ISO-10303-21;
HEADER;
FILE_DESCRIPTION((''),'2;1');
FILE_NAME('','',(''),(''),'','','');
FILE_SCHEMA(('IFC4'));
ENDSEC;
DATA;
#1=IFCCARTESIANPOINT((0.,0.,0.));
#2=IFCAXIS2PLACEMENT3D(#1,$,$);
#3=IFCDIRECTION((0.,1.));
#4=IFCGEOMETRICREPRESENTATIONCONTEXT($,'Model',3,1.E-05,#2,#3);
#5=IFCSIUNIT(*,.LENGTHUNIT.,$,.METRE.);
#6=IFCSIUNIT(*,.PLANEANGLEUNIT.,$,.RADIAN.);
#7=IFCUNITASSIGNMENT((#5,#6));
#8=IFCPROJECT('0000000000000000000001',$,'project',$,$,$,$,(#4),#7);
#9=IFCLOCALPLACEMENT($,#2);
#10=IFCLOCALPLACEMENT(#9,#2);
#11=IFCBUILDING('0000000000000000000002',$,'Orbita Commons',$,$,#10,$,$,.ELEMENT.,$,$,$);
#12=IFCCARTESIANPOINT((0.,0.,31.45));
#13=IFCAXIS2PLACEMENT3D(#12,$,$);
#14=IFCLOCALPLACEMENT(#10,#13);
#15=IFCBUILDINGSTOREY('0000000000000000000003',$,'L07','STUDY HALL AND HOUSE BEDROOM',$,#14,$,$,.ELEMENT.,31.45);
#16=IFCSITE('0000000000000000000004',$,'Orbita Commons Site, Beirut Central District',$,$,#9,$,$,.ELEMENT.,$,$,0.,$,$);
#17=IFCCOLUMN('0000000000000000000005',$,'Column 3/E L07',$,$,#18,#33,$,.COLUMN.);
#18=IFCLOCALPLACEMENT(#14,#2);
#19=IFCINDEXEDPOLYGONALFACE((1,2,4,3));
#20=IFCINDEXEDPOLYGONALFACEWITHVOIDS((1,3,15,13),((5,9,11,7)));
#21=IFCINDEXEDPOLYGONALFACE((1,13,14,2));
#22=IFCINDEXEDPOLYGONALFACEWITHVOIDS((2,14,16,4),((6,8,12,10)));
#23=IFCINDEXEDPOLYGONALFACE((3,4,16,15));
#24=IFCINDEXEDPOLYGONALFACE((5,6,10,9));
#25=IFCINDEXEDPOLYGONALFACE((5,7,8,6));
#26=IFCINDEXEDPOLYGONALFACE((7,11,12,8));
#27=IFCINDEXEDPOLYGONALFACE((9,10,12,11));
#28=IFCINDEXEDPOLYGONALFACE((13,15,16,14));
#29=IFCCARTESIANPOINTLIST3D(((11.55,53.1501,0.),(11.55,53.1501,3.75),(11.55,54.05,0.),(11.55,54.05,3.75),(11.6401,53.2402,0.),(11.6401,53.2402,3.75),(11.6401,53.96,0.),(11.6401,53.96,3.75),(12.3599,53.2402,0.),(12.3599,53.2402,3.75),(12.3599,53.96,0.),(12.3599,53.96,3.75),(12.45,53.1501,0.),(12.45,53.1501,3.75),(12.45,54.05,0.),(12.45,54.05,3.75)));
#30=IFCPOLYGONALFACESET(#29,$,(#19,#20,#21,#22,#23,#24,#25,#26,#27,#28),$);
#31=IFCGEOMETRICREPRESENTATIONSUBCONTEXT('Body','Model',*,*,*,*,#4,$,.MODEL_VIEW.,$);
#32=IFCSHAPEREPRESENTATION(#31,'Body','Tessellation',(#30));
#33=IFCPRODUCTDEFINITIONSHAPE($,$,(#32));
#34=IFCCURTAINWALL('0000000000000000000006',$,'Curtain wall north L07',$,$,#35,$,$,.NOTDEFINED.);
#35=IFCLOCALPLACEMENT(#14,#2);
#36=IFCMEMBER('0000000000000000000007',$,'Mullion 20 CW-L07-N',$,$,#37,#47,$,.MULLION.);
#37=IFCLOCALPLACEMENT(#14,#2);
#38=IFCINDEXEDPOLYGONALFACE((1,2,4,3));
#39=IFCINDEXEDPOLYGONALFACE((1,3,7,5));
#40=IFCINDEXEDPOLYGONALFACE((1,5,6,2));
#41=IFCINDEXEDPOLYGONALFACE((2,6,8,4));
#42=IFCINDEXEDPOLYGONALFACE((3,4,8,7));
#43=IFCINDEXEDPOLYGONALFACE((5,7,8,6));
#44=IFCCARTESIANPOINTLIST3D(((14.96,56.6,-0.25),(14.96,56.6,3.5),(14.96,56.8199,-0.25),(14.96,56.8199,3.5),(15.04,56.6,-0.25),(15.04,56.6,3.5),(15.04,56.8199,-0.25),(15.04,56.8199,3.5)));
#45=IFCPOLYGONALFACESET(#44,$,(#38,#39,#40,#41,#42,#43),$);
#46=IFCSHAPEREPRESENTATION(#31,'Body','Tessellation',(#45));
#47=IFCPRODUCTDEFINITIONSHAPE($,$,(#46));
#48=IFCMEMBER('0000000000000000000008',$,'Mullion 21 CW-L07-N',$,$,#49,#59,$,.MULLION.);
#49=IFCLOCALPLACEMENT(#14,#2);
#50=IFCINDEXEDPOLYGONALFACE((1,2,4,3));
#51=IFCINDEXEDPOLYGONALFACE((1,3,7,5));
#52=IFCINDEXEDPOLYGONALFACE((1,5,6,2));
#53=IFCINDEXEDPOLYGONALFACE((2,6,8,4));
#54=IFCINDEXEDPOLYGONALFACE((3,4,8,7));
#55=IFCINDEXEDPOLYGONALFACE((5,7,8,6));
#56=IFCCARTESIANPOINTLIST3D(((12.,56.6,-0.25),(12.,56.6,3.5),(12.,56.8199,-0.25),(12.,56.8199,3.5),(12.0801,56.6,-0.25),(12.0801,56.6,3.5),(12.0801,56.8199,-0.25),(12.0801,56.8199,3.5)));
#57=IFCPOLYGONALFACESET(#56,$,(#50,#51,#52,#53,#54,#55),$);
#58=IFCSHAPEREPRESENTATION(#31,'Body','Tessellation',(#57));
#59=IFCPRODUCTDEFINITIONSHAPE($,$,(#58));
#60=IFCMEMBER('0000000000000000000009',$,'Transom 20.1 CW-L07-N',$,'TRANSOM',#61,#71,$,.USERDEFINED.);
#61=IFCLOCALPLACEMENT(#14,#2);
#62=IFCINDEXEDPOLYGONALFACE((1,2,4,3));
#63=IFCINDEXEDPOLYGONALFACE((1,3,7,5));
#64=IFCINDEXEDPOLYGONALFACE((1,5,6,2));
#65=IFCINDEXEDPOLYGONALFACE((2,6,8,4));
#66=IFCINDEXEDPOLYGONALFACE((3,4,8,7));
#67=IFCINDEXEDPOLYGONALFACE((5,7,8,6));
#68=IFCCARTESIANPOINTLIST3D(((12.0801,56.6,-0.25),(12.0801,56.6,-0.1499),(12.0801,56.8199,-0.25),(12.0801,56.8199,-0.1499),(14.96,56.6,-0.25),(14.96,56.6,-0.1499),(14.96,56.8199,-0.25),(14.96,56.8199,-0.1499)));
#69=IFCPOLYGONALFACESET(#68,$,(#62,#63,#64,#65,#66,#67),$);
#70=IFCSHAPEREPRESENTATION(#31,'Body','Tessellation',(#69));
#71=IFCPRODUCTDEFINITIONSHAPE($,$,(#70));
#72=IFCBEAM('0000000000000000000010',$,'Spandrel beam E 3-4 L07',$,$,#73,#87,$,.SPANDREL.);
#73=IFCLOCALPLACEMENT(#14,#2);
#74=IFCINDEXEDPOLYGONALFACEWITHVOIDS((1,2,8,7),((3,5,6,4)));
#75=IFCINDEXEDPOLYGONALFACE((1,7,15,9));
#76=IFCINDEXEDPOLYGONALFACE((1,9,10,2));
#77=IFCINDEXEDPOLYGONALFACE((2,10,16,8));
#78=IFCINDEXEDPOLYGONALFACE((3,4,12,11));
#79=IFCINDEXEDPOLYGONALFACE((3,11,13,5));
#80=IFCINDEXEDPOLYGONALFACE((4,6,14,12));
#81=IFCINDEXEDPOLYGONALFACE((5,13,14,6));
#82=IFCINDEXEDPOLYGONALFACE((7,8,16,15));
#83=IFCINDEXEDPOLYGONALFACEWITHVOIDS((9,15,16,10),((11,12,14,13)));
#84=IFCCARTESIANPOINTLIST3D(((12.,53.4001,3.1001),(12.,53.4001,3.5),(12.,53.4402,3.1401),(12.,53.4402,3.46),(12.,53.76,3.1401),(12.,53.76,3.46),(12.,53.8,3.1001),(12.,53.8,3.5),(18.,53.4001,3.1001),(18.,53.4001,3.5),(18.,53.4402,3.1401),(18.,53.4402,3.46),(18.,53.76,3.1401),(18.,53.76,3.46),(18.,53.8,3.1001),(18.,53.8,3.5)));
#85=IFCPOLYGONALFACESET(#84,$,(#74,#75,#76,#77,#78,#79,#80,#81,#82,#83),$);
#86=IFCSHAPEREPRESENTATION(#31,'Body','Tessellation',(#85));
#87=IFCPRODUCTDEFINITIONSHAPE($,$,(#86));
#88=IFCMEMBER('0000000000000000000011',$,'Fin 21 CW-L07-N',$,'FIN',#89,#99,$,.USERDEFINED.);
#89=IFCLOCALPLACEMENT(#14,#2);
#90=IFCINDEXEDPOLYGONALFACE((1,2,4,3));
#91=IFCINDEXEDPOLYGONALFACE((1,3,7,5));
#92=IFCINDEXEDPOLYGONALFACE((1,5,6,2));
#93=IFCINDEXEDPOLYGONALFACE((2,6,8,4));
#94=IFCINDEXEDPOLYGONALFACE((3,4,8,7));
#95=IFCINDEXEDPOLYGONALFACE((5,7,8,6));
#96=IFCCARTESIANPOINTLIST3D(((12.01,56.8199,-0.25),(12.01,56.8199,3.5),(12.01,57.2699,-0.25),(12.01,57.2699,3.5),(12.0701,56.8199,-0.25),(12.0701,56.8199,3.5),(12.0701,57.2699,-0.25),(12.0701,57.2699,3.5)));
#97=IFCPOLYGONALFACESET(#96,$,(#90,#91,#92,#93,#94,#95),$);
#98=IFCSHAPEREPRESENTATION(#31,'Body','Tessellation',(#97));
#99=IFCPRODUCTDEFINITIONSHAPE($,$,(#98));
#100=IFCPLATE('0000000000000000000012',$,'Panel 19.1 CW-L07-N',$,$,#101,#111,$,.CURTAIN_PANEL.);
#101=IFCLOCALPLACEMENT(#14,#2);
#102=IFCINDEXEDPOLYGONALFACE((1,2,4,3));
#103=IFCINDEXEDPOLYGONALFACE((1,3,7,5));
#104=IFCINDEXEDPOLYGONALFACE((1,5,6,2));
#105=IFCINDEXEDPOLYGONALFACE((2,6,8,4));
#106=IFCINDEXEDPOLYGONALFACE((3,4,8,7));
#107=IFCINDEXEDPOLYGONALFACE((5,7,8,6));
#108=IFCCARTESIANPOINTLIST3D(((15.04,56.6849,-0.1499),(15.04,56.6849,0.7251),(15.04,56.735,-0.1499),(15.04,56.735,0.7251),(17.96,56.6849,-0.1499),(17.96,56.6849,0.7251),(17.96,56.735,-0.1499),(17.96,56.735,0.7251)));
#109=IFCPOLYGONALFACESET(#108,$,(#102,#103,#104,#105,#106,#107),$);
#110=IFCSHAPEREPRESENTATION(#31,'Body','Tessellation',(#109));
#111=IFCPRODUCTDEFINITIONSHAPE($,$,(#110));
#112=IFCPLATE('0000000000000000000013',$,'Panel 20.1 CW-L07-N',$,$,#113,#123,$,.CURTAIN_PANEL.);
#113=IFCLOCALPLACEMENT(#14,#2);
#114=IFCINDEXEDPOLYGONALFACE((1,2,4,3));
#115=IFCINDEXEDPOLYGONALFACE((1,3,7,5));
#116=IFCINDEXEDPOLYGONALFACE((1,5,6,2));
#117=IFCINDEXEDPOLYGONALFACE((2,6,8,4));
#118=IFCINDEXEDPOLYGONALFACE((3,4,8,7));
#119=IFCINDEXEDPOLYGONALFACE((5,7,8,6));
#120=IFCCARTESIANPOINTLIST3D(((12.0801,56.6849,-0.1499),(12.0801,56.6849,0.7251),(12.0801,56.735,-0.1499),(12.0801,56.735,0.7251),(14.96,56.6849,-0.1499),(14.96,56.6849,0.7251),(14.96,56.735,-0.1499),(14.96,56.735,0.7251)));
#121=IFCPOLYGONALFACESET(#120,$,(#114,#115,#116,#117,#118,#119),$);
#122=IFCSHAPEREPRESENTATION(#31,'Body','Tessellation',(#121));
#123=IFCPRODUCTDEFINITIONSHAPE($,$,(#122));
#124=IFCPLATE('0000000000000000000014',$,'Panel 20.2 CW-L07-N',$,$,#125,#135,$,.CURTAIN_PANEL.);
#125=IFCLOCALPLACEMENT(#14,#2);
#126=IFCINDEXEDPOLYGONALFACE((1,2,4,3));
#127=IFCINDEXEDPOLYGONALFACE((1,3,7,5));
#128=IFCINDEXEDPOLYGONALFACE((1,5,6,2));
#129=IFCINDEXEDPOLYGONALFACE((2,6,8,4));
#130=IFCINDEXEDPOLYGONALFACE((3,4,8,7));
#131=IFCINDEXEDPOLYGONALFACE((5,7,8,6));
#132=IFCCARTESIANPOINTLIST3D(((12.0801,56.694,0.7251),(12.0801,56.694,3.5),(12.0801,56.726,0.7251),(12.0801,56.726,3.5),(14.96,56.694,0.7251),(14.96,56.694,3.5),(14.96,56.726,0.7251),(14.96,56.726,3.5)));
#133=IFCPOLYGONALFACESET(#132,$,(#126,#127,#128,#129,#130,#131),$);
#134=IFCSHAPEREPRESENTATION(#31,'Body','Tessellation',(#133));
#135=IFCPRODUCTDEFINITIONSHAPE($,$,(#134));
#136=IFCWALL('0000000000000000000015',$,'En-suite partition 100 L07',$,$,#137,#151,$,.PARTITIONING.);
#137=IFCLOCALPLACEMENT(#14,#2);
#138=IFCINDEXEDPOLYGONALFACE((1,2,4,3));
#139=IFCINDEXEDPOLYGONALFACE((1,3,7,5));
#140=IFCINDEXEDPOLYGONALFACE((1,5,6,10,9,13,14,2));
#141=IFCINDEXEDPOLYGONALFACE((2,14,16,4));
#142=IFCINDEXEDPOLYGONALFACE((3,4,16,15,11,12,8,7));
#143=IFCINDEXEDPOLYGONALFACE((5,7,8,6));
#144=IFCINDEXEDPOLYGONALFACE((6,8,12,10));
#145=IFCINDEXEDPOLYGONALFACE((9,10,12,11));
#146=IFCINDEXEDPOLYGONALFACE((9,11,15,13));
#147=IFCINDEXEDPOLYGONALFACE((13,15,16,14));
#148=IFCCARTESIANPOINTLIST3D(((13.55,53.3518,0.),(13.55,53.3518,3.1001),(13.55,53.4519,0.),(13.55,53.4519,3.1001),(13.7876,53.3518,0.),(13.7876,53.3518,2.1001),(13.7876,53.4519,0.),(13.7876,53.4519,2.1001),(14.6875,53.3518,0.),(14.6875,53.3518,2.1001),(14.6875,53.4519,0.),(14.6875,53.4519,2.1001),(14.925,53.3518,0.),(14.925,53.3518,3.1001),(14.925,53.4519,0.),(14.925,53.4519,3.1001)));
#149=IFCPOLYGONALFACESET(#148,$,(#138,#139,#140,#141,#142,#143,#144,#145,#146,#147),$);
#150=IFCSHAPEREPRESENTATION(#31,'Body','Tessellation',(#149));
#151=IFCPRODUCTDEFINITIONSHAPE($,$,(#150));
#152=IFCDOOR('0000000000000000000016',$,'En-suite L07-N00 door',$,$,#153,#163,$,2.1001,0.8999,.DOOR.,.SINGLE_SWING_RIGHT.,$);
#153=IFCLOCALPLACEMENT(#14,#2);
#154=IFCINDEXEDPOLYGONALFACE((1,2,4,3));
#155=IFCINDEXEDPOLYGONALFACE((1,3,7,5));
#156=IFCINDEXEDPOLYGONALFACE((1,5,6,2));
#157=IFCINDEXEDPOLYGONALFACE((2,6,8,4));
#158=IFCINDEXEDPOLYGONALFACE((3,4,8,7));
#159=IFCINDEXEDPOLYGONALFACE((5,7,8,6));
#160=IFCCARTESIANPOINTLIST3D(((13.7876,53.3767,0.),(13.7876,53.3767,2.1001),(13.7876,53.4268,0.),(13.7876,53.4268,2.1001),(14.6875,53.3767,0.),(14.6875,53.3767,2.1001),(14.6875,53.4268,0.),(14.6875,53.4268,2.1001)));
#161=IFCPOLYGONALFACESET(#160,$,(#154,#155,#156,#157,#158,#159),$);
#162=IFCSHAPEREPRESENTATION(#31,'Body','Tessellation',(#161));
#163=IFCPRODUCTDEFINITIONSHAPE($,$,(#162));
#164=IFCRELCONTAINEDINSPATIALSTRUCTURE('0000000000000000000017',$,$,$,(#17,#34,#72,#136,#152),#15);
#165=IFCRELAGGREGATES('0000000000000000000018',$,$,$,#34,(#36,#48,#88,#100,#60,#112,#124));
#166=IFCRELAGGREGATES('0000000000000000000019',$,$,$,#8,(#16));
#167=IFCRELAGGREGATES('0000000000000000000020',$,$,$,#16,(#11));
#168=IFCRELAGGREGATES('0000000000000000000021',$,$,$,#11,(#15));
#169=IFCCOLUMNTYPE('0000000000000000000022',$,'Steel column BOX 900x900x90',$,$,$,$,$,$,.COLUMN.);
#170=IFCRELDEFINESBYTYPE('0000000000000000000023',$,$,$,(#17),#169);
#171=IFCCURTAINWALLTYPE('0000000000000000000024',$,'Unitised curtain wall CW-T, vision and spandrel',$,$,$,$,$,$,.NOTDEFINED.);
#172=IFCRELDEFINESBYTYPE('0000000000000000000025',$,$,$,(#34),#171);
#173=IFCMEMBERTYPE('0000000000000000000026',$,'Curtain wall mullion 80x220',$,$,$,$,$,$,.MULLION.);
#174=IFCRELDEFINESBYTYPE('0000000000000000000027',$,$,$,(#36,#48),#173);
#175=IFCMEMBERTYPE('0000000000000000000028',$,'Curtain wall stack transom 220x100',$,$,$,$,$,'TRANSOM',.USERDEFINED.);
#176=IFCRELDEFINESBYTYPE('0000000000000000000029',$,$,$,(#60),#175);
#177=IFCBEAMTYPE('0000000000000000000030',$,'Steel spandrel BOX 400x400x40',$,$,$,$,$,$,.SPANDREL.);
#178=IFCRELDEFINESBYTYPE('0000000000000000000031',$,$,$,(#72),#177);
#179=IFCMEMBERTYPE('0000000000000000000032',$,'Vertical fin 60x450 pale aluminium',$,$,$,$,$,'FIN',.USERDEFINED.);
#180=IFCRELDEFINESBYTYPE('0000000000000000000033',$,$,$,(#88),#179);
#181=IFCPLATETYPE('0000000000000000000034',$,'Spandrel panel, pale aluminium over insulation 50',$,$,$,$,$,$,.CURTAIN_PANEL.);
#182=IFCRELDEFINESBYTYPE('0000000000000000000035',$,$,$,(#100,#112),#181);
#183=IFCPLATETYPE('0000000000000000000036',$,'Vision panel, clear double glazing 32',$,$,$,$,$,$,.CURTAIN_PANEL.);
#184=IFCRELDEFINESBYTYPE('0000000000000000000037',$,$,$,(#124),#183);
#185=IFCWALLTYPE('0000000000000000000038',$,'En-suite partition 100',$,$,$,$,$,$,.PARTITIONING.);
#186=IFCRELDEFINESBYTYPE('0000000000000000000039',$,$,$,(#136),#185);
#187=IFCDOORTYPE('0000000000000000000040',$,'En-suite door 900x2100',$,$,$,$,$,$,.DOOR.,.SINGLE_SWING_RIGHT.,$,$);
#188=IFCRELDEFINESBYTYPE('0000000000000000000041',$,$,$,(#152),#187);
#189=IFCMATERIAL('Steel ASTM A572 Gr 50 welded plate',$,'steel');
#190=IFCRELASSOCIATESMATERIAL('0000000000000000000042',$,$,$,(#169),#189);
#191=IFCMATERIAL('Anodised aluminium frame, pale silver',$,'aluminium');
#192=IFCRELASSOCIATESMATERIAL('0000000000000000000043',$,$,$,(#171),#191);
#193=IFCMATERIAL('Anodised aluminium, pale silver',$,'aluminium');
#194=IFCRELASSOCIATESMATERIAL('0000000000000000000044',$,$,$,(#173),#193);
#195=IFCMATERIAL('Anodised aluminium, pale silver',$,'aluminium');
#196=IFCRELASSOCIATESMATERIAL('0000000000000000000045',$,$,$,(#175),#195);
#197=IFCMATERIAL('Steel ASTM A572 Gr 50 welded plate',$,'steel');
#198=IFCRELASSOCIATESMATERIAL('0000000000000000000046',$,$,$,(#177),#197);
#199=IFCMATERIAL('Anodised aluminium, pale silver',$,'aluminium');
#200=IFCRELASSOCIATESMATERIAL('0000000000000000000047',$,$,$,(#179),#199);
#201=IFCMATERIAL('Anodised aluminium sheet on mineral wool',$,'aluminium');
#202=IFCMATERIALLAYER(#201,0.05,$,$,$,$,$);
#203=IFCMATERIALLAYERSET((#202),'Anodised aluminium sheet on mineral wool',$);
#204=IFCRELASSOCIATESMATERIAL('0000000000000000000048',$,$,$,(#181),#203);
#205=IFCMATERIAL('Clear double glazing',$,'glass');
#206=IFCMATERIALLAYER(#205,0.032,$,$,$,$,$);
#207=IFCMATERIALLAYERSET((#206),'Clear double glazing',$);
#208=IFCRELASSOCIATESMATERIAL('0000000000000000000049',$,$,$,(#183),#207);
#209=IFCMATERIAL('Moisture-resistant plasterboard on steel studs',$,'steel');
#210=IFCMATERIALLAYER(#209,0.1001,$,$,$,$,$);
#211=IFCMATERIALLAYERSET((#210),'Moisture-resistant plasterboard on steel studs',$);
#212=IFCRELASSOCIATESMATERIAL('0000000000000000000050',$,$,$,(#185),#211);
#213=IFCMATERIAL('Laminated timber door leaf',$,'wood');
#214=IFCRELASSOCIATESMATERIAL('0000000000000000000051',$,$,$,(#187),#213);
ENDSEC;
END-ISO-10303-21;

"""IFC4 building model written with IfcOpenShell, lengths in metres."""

from ifc_helpers import new_model, si_unit, direction, frame, frame_2d, origin, origin_2d, place, context, subcontext, project, spatial, polyline, rectangle, hollow_rectangle, outline, extrude, material, layer, layer_set, material_profile, profile_set, type_object, element, fill, aggregate, save


model = new_model("IFC4")

# Units and contexts
model_context = context("Model", 3, precision=1e-05, world=origin(), true_north=direction((0.0, 1.0)))
body_context = subcontext(model_context, "Body", "Model", "MODEL_VIEW")
ifc_project = project(units=[si_unit("LENGTHUNIT", "METRE"), si_unit("PLANEANGLEUNIT", "RADIAN")], contexts=[model_context])

# Site, building, storey
site_placement = place(None, origin())
site = spatial("IfcSite", under=ifc_project, at=site_placement, Name="Orbita Commons Site, Beirut Central District", CompositionType="ELEMENT", RefElevation=0.0)
building_placement = place(site_placement, origin())
building = spatial("IfcBuilding", under=site, at=building_placement, Name="Orbita Commons", CompositionType="ELEMENT")
storey_placement = place(building_placement, frame((0.0, 0.0, 31.45)))
storey = spatial("IfcBuildingStorey", under=building, at=storey_placement, Name="L07", Description="STUDY HALL AND HOUSE BEDROOM", CompositionType="ELEMENT", Elevation=31.45)

# Column
ifc_material_1 = material(Name="Steel ASTM A572 Gr 50 welded plate", Category="steel")
ifc_material_profile_1 = material_profile(ifc_material_1, hollow_rectangle(XDim=0.8999, YDim=0.8999, WallThickness=0.0901, at=origin_2d()), Name="BOX 900x900x90")
ifc_profile_set_1 = profile_set([ifc_material_profile_1], Name="Steel ASTM A572 Gr 50 welded plate")
column_type = type_object("IfcColumnType", Name="Steel column BOX 900x900x90", PredefinedType="COLUMN", material=ifc_profile_set_1)
column_placement = place(storey_placement, frame((12.0, 53.6001, 0.0), z_axis=(0.0, 0.0, 1.0), x_axis=(1.0, 0.0, 0.0)))
element("IfcColumn", 1, at=column_placement, inside=storey, type_object=column_type, Name="Column 3/E L07", PredefinedType="COLUMN", context=body_context, shape_type="SweptSolid", body=[
    extrude(hollow_rectangle(XDim=0.8999, YDim=0.8999, WallThickness=0.0901, at=origin_2d()), origin(), (0.0, 0.0, 1.0), 3.75),
])

# Curtain wall, members
ifc_material_2 = material(Name="Anodised aluminium frame, pale silver", Category="aluminium")
curtain_wall_type = type_object("IfcCurtainWallType", Name="Unitised curtain wall CW-T, vision and spandrel", PredefinedType="NOTDEFINED", material=ifc_material_2)
curtain_wall_placement = place(storey_placement, origin())
curtain_wall = element("IfcCurtainWall", 2, at=curtain_wall_placement, inside=storey, type_object=curtain_wall_type, Name="Curtain wall north L07", PredefinedType="NOTDEFINED")
ifc_material_3 = material(Name="Anodised aluminium, pale silver", Category="aluminium")
ifc_material_profile_2 = material_profile(ifc_material_3, rectangle(XDim=0.0801, YDim=0.22, at=origin_2d()), Name="AL 80x220")
ifc_profile_set_2 = profile_set([ifc_material_profile_2], Name="Anodised aluminium, pale silver")
member_type_1 = type_object("IfcMemberType", Name="Curtain wall mullion 80x220", PredefinedType="MULLION", material=ifc_profile_set_2)
member_1_placement = place(storey_placement, frame((15.0, 56.71, -0.25), z_axis=(0.0, 0.0, 1.0), x_axis=(-1.0, 0.0, 0.0)))
member_1 = element("IfcMember", 3, at=member_1_placement, type_object=member_type_1, Name="Mullion 20 CW-L07-N", PredefinedType="MULLION", context=body_context, shape_type="SweptSolid", body=[
    extrude(rectangle(XDim=0.0801, YDim=0.22, at=origin_2d()), origin(), (0.0, 0.0, 1.0), 3.75),
])
member_2_placement = place(storey_placement, frame((12.04, 56.71, -0.25), z_axis=(0.0, 0.0, 1.0), x_axis=(-1.0, 0.0, 0.0)))
member_2 = element("IfcMember", 4, at=member_2_placement, type_object=member_type_1, Name="Mullion 21 CW-L07-N", PredefinedType="MULLION", context=body_context, shape_type="SweptSolid", body=[
    extrude(rectangle(XDim=0.0801, YDim=0.22, at=origin_2d()), origin(), (0.0, 0.0, 1.0), 3.75),
])
ifc_material_4 = material(Name="Anodised aluminium, pale silver", Category="aluminium")
ifc_material_profile_3 = material_profile(ifc_material_4, rectangle(XDim=0.22, YDim=0.1001, at=origin_2d()), Name="AL 220x100")
ifc_profile_set_3 = profile_set([ifc_material_profile_3], Name="Anodised aluminium, pale silver")
member_type_2 = type_object("IfcMemberType", Name="Curtain wall stack transom 220x100", ElementType="TRANSOM", PredefinedType="USERDEFINED", material=ifc_profile_set_3)
member_3_placement = place(storey_placement, frame((14.96, 56.71, -0.2), z_axis=(-1.0, 0.0, 0.0), x_axis=(0.0, -1.0, 0.0)))
member_3 = element("IfcMember", 5, at=member_3_placement, type_object=member_type_2, Name="Transom 20.1 CW-L07-N", ObjectType="TRANSOM", PredefinedType="USERDEFINED", context=body_context, shape_type="SweptSolid", body=[
    extrude(rectangle(XDim=0.22, YDim=0.1001, at=origin_2d()), origin(), (0.0, 0.0, 1.0), 2.8799),
])

# Beam
ifc_material_5 = material(Name="Steel ASTM A572 Gr 50 welded plate", Category="steel")
ifc_material_profile_4 = material_profile(ifc_material_5, hollow_rectangle(XDim=0.3999, YDim=0.3999, WallThickness=0.04, at=origin_2d()), Name="BOX 400x400x40")
ifc_profile_set_4 = profile_set([ifc_material_profile_4], Name="Steel ASTM A572 Gr 50 welded plate")
beam_type = type_object("IfcBeamType", Name="Steel spandrel BOX 400x400x40", PredefinedType="SPANDREL", material=ifc_profile_set_4)
beam_placement = place(storey_placement, frame((12.0, 53.6001, 3.3), z_axis=(1.0, 0.0, 0.0), x_axis=(0.0, 1.0, 0.0)))
element("IfcBeam", 6, at=beam_placement, inside=storey, type_object=beam_type, Name="Spandrel beam E 3-4 L07", PredefinedType="SPANDREL", context=body_context, shape_type="SweptSolid", body=[
    extrude(hollow_rectangle(XDim=0.3999, YDim=0.3999, WallThickness=0.04, at=origin_2d()), origin(), (0.0, 0.0, 1.0), 6.0),
])

# Member
ifc_material_6 = material(Name="Anodised aluminium, pale silver", Category="aluminium")
ifc_material_profile_5 = material_profile(ifc_material_6, rectangle(XDim=0.0601, YDim=0.45, at=origin_2d()), Name="FIN 60x450")
ifc_profile_set_5 = profile_set([ifc_material_profile_5], Name="Anodised aluminium, pale silver")
member_type_3 = type_object("IfcMemberType", Name="Vertical fin 60x450 pale aluminium", ElementType="FIN", PredefinedType="USERDEFINED", material=ifc_profile_set_5)
member_4_placement = place(storey_placement, frame((12.04, 57.0449, -0.25), z_axis=(0.0, 0.0, 1.0), x_axis=(-1.0, 0.0, 0.0)))
member_4 = element("IfcMember", 7, at=member_4_placement, type_object=member_type_3, Name="Fin 21 CW-L07-N", ObjectType="FIN", PredefinedType="USERDEFINED", context=body_context, shape_type="SweptSolid", body=[
    extrude(rectangle(XDim=0.0601, YDim=0.45, at=origin_2d()), origin(), (0.0, 0.0, 1.0), 3.75),
])

# Plates
ifc_material_7 = material(Name="Anodised aluminium sheet on mineral wool", Category="aluminium")
ifc_layer_1 = layer(ifc_material_7, 0.05)
ifc_layer_set_1 = layer_set([ifc_layer_1], Name="Anodised aluminium sheet on mineral wool")
plate_type_1 = type_object("IfcPlateType", Name="Spandrel panel, pale aluminium over insulation 50", PredefinedType="CURTAIN_PANEL", material=ifc_layer_set_1)
plate_1_placement = place(storey_placement, frame((16.5, 56.71, -0.1499), z_axis=(0.0, 0.0, 1.0), x_axis=(-1.0, 0.0, 0.0)))
plate_1 = element("IfcPlate", 8, at=plate_1_placement, type_object=plate_type_1, Name="Panel 19.1 CW-L07-N", PredefinedType="CURTAIN_PANEL", context=body_context, shape_type="SweptSolid", body=[
    extrude(rectangle(XDim=2.9199, YDim=0.05, at=origin_2d()), origin(), (0.0, 0.0, 1.0), 0.875),
])
plate_2_placement = place(storey_placement, frame((13.52, 56.71, -0.1499), z_axis=(0.0, 0.0, 1.0), x_axis=(-1.0, 0.0, 0.0)))
plate_2 = element("IfcPlate", 9, at=plate_2_placement, type_object=plate_type_1, Name="Panel 20.1 CW-L07-N", PredefinedType="CURTAIN_PANEL", context=body_context, shape_type="SweptSolid", body=[
    extrude(rectangle(XDim=2.8799, YDim=0.05, at=origin_2d()), origin(), (0.0, 0.0, 1.0), 0.875),
])
ifc_material_8 = material(Name="Clear double glazing", Category="glass")
ifc_layer_2 = layer(ifc_material_8, 0.032)
ifc_layer_set_2 = layer_set([ifc_layer_2], Name="Clear double glazing")
plate_type_2 = type_object("IfcPlateType", Name="Vision panel, clear double glazing 32", PredefinedType="CURTAIN_PANEL", material=ifc_layer_set_2)
plate_3_placement = place(storey_placement, frame((13.52, 56.71, 0.7251), z_axis=(0.0, 0.0, 1.0), x_axis=(-1.0, 0.0, 0.0)))
plate_3 = element("IfcPlate", 10, at=plate_3_placement, type_object=plate_type_2, Name="Panel 20.2 CW-L07-N", PredefinedType="CURTAIN_PANEL", context=body_context, shape_type="SweptSolid", body=[
    extrude(rectangle(XDim=2.8799, YDim=0.032, at=origin_2d()), origin(), (0.0, 0.0, 1.0), 2.7749),
])
aggregate(curtain_wall, [member_1, member_2, member_4, plate_1, member_3, plate_2, plate_3])

# Wall, opening, door
ifc_material_9 = material(Name="Moisture-resistant plasterboard on steel studs", Category="steel")
ifc_layer_3 = layer(ifc_material_9, 0.1001)
ifc_layer_set_3 = layer_set([ifc_layer_3], Name="Moisture-resistant plasterboard on steel studs")
wall_type_1 = type_object("IfcWallType", Name="En-suite partition 100", PredefinedType="PARTITIONING", material=ifc_layer_set_3)
wall_1_placement = place(storey_placement, frame((13.55, 53.4019, 0.0), z_axis=(0.0, 0.0, 1.0), x_axis=(1.0, 0.0, 0.0)))
wall_1 = element("IfcWall", 11, at=wall_1_placement, inside=storey, type_object=wall_type_1, Name="En-suite partition 100 L07", PredefinedType="PARTITIONING", context=body_context, shape_type="SweptSolid", body=[
    extrude(outline(polyline([(0.0, 0.0), (1.375, 0.0), (1.375, 3.1001), (0.0, 3.1001), (0.0, 0.0)])), frame((0.0, 0.05, 0.0), z_axis=(0.0, -1.0, 0.0), x_axis=(1.0, 0.0, 0.0)), (0.0, 0.0, 1.0), 0.1001),
])
opening_1_placement = place(wall_1_placement, frame((0.2375, 0.0, 0.0)))
opening_1 = element("IfcOpeningElement", 12, at=opening_1_placement, cuts=wall_1, PredefinedType="OPENING", context=body_context, shape_type="SweptSolid", body=[
    extrude(rectangle(XDim=0.8999, YDim=2.1001, at=frame_2d((0.45, 1.05))), frame((0.0, 0.0601, 0.0), z_axis=(0.0, -1.0, 0.0), x_axis=(1.0, 0.0, 0.0)), (0.0, 0.0, 1.0), 0.1201),
])
ifc_material_10 = material(Name="Laminated timber door leaf", Category="wood")
door_type = type_object("IfcDoorType", Name="En-suite door 900x2100", OperationType="SINGLE_SWING_RIGHT", PredefinedType="DOOR", material=ifc_material_10)
door_1_placement = place(opening_1_placement, origin())
door_1 = element("IfcDoor", 13, at=door_1_placement, inside=storey, type_object=door_type, Name="En-suite L07-N00 door", OperationType="SINGLE_SWING_RIGHT", OverallHeight=2.1001, OverallWidth=0.8999, PredefinedType="DOOR", context=body_context, shape_type="SweptSolid", body=[
    extrude(rectangle(XDim=0.8999, YDim=2.1001, at=frame_2d((0.45, 1.05))), frame((0.0, 0.0249, 0.0), z_axis=(0.0, -1.0, 0.0), x_axis=(1.0, 0.0, 0.0)), (0.0, 0.0, 1.0), 0.05),
])
fill(opening_1, door_1)

save(model, "model.ifc")
